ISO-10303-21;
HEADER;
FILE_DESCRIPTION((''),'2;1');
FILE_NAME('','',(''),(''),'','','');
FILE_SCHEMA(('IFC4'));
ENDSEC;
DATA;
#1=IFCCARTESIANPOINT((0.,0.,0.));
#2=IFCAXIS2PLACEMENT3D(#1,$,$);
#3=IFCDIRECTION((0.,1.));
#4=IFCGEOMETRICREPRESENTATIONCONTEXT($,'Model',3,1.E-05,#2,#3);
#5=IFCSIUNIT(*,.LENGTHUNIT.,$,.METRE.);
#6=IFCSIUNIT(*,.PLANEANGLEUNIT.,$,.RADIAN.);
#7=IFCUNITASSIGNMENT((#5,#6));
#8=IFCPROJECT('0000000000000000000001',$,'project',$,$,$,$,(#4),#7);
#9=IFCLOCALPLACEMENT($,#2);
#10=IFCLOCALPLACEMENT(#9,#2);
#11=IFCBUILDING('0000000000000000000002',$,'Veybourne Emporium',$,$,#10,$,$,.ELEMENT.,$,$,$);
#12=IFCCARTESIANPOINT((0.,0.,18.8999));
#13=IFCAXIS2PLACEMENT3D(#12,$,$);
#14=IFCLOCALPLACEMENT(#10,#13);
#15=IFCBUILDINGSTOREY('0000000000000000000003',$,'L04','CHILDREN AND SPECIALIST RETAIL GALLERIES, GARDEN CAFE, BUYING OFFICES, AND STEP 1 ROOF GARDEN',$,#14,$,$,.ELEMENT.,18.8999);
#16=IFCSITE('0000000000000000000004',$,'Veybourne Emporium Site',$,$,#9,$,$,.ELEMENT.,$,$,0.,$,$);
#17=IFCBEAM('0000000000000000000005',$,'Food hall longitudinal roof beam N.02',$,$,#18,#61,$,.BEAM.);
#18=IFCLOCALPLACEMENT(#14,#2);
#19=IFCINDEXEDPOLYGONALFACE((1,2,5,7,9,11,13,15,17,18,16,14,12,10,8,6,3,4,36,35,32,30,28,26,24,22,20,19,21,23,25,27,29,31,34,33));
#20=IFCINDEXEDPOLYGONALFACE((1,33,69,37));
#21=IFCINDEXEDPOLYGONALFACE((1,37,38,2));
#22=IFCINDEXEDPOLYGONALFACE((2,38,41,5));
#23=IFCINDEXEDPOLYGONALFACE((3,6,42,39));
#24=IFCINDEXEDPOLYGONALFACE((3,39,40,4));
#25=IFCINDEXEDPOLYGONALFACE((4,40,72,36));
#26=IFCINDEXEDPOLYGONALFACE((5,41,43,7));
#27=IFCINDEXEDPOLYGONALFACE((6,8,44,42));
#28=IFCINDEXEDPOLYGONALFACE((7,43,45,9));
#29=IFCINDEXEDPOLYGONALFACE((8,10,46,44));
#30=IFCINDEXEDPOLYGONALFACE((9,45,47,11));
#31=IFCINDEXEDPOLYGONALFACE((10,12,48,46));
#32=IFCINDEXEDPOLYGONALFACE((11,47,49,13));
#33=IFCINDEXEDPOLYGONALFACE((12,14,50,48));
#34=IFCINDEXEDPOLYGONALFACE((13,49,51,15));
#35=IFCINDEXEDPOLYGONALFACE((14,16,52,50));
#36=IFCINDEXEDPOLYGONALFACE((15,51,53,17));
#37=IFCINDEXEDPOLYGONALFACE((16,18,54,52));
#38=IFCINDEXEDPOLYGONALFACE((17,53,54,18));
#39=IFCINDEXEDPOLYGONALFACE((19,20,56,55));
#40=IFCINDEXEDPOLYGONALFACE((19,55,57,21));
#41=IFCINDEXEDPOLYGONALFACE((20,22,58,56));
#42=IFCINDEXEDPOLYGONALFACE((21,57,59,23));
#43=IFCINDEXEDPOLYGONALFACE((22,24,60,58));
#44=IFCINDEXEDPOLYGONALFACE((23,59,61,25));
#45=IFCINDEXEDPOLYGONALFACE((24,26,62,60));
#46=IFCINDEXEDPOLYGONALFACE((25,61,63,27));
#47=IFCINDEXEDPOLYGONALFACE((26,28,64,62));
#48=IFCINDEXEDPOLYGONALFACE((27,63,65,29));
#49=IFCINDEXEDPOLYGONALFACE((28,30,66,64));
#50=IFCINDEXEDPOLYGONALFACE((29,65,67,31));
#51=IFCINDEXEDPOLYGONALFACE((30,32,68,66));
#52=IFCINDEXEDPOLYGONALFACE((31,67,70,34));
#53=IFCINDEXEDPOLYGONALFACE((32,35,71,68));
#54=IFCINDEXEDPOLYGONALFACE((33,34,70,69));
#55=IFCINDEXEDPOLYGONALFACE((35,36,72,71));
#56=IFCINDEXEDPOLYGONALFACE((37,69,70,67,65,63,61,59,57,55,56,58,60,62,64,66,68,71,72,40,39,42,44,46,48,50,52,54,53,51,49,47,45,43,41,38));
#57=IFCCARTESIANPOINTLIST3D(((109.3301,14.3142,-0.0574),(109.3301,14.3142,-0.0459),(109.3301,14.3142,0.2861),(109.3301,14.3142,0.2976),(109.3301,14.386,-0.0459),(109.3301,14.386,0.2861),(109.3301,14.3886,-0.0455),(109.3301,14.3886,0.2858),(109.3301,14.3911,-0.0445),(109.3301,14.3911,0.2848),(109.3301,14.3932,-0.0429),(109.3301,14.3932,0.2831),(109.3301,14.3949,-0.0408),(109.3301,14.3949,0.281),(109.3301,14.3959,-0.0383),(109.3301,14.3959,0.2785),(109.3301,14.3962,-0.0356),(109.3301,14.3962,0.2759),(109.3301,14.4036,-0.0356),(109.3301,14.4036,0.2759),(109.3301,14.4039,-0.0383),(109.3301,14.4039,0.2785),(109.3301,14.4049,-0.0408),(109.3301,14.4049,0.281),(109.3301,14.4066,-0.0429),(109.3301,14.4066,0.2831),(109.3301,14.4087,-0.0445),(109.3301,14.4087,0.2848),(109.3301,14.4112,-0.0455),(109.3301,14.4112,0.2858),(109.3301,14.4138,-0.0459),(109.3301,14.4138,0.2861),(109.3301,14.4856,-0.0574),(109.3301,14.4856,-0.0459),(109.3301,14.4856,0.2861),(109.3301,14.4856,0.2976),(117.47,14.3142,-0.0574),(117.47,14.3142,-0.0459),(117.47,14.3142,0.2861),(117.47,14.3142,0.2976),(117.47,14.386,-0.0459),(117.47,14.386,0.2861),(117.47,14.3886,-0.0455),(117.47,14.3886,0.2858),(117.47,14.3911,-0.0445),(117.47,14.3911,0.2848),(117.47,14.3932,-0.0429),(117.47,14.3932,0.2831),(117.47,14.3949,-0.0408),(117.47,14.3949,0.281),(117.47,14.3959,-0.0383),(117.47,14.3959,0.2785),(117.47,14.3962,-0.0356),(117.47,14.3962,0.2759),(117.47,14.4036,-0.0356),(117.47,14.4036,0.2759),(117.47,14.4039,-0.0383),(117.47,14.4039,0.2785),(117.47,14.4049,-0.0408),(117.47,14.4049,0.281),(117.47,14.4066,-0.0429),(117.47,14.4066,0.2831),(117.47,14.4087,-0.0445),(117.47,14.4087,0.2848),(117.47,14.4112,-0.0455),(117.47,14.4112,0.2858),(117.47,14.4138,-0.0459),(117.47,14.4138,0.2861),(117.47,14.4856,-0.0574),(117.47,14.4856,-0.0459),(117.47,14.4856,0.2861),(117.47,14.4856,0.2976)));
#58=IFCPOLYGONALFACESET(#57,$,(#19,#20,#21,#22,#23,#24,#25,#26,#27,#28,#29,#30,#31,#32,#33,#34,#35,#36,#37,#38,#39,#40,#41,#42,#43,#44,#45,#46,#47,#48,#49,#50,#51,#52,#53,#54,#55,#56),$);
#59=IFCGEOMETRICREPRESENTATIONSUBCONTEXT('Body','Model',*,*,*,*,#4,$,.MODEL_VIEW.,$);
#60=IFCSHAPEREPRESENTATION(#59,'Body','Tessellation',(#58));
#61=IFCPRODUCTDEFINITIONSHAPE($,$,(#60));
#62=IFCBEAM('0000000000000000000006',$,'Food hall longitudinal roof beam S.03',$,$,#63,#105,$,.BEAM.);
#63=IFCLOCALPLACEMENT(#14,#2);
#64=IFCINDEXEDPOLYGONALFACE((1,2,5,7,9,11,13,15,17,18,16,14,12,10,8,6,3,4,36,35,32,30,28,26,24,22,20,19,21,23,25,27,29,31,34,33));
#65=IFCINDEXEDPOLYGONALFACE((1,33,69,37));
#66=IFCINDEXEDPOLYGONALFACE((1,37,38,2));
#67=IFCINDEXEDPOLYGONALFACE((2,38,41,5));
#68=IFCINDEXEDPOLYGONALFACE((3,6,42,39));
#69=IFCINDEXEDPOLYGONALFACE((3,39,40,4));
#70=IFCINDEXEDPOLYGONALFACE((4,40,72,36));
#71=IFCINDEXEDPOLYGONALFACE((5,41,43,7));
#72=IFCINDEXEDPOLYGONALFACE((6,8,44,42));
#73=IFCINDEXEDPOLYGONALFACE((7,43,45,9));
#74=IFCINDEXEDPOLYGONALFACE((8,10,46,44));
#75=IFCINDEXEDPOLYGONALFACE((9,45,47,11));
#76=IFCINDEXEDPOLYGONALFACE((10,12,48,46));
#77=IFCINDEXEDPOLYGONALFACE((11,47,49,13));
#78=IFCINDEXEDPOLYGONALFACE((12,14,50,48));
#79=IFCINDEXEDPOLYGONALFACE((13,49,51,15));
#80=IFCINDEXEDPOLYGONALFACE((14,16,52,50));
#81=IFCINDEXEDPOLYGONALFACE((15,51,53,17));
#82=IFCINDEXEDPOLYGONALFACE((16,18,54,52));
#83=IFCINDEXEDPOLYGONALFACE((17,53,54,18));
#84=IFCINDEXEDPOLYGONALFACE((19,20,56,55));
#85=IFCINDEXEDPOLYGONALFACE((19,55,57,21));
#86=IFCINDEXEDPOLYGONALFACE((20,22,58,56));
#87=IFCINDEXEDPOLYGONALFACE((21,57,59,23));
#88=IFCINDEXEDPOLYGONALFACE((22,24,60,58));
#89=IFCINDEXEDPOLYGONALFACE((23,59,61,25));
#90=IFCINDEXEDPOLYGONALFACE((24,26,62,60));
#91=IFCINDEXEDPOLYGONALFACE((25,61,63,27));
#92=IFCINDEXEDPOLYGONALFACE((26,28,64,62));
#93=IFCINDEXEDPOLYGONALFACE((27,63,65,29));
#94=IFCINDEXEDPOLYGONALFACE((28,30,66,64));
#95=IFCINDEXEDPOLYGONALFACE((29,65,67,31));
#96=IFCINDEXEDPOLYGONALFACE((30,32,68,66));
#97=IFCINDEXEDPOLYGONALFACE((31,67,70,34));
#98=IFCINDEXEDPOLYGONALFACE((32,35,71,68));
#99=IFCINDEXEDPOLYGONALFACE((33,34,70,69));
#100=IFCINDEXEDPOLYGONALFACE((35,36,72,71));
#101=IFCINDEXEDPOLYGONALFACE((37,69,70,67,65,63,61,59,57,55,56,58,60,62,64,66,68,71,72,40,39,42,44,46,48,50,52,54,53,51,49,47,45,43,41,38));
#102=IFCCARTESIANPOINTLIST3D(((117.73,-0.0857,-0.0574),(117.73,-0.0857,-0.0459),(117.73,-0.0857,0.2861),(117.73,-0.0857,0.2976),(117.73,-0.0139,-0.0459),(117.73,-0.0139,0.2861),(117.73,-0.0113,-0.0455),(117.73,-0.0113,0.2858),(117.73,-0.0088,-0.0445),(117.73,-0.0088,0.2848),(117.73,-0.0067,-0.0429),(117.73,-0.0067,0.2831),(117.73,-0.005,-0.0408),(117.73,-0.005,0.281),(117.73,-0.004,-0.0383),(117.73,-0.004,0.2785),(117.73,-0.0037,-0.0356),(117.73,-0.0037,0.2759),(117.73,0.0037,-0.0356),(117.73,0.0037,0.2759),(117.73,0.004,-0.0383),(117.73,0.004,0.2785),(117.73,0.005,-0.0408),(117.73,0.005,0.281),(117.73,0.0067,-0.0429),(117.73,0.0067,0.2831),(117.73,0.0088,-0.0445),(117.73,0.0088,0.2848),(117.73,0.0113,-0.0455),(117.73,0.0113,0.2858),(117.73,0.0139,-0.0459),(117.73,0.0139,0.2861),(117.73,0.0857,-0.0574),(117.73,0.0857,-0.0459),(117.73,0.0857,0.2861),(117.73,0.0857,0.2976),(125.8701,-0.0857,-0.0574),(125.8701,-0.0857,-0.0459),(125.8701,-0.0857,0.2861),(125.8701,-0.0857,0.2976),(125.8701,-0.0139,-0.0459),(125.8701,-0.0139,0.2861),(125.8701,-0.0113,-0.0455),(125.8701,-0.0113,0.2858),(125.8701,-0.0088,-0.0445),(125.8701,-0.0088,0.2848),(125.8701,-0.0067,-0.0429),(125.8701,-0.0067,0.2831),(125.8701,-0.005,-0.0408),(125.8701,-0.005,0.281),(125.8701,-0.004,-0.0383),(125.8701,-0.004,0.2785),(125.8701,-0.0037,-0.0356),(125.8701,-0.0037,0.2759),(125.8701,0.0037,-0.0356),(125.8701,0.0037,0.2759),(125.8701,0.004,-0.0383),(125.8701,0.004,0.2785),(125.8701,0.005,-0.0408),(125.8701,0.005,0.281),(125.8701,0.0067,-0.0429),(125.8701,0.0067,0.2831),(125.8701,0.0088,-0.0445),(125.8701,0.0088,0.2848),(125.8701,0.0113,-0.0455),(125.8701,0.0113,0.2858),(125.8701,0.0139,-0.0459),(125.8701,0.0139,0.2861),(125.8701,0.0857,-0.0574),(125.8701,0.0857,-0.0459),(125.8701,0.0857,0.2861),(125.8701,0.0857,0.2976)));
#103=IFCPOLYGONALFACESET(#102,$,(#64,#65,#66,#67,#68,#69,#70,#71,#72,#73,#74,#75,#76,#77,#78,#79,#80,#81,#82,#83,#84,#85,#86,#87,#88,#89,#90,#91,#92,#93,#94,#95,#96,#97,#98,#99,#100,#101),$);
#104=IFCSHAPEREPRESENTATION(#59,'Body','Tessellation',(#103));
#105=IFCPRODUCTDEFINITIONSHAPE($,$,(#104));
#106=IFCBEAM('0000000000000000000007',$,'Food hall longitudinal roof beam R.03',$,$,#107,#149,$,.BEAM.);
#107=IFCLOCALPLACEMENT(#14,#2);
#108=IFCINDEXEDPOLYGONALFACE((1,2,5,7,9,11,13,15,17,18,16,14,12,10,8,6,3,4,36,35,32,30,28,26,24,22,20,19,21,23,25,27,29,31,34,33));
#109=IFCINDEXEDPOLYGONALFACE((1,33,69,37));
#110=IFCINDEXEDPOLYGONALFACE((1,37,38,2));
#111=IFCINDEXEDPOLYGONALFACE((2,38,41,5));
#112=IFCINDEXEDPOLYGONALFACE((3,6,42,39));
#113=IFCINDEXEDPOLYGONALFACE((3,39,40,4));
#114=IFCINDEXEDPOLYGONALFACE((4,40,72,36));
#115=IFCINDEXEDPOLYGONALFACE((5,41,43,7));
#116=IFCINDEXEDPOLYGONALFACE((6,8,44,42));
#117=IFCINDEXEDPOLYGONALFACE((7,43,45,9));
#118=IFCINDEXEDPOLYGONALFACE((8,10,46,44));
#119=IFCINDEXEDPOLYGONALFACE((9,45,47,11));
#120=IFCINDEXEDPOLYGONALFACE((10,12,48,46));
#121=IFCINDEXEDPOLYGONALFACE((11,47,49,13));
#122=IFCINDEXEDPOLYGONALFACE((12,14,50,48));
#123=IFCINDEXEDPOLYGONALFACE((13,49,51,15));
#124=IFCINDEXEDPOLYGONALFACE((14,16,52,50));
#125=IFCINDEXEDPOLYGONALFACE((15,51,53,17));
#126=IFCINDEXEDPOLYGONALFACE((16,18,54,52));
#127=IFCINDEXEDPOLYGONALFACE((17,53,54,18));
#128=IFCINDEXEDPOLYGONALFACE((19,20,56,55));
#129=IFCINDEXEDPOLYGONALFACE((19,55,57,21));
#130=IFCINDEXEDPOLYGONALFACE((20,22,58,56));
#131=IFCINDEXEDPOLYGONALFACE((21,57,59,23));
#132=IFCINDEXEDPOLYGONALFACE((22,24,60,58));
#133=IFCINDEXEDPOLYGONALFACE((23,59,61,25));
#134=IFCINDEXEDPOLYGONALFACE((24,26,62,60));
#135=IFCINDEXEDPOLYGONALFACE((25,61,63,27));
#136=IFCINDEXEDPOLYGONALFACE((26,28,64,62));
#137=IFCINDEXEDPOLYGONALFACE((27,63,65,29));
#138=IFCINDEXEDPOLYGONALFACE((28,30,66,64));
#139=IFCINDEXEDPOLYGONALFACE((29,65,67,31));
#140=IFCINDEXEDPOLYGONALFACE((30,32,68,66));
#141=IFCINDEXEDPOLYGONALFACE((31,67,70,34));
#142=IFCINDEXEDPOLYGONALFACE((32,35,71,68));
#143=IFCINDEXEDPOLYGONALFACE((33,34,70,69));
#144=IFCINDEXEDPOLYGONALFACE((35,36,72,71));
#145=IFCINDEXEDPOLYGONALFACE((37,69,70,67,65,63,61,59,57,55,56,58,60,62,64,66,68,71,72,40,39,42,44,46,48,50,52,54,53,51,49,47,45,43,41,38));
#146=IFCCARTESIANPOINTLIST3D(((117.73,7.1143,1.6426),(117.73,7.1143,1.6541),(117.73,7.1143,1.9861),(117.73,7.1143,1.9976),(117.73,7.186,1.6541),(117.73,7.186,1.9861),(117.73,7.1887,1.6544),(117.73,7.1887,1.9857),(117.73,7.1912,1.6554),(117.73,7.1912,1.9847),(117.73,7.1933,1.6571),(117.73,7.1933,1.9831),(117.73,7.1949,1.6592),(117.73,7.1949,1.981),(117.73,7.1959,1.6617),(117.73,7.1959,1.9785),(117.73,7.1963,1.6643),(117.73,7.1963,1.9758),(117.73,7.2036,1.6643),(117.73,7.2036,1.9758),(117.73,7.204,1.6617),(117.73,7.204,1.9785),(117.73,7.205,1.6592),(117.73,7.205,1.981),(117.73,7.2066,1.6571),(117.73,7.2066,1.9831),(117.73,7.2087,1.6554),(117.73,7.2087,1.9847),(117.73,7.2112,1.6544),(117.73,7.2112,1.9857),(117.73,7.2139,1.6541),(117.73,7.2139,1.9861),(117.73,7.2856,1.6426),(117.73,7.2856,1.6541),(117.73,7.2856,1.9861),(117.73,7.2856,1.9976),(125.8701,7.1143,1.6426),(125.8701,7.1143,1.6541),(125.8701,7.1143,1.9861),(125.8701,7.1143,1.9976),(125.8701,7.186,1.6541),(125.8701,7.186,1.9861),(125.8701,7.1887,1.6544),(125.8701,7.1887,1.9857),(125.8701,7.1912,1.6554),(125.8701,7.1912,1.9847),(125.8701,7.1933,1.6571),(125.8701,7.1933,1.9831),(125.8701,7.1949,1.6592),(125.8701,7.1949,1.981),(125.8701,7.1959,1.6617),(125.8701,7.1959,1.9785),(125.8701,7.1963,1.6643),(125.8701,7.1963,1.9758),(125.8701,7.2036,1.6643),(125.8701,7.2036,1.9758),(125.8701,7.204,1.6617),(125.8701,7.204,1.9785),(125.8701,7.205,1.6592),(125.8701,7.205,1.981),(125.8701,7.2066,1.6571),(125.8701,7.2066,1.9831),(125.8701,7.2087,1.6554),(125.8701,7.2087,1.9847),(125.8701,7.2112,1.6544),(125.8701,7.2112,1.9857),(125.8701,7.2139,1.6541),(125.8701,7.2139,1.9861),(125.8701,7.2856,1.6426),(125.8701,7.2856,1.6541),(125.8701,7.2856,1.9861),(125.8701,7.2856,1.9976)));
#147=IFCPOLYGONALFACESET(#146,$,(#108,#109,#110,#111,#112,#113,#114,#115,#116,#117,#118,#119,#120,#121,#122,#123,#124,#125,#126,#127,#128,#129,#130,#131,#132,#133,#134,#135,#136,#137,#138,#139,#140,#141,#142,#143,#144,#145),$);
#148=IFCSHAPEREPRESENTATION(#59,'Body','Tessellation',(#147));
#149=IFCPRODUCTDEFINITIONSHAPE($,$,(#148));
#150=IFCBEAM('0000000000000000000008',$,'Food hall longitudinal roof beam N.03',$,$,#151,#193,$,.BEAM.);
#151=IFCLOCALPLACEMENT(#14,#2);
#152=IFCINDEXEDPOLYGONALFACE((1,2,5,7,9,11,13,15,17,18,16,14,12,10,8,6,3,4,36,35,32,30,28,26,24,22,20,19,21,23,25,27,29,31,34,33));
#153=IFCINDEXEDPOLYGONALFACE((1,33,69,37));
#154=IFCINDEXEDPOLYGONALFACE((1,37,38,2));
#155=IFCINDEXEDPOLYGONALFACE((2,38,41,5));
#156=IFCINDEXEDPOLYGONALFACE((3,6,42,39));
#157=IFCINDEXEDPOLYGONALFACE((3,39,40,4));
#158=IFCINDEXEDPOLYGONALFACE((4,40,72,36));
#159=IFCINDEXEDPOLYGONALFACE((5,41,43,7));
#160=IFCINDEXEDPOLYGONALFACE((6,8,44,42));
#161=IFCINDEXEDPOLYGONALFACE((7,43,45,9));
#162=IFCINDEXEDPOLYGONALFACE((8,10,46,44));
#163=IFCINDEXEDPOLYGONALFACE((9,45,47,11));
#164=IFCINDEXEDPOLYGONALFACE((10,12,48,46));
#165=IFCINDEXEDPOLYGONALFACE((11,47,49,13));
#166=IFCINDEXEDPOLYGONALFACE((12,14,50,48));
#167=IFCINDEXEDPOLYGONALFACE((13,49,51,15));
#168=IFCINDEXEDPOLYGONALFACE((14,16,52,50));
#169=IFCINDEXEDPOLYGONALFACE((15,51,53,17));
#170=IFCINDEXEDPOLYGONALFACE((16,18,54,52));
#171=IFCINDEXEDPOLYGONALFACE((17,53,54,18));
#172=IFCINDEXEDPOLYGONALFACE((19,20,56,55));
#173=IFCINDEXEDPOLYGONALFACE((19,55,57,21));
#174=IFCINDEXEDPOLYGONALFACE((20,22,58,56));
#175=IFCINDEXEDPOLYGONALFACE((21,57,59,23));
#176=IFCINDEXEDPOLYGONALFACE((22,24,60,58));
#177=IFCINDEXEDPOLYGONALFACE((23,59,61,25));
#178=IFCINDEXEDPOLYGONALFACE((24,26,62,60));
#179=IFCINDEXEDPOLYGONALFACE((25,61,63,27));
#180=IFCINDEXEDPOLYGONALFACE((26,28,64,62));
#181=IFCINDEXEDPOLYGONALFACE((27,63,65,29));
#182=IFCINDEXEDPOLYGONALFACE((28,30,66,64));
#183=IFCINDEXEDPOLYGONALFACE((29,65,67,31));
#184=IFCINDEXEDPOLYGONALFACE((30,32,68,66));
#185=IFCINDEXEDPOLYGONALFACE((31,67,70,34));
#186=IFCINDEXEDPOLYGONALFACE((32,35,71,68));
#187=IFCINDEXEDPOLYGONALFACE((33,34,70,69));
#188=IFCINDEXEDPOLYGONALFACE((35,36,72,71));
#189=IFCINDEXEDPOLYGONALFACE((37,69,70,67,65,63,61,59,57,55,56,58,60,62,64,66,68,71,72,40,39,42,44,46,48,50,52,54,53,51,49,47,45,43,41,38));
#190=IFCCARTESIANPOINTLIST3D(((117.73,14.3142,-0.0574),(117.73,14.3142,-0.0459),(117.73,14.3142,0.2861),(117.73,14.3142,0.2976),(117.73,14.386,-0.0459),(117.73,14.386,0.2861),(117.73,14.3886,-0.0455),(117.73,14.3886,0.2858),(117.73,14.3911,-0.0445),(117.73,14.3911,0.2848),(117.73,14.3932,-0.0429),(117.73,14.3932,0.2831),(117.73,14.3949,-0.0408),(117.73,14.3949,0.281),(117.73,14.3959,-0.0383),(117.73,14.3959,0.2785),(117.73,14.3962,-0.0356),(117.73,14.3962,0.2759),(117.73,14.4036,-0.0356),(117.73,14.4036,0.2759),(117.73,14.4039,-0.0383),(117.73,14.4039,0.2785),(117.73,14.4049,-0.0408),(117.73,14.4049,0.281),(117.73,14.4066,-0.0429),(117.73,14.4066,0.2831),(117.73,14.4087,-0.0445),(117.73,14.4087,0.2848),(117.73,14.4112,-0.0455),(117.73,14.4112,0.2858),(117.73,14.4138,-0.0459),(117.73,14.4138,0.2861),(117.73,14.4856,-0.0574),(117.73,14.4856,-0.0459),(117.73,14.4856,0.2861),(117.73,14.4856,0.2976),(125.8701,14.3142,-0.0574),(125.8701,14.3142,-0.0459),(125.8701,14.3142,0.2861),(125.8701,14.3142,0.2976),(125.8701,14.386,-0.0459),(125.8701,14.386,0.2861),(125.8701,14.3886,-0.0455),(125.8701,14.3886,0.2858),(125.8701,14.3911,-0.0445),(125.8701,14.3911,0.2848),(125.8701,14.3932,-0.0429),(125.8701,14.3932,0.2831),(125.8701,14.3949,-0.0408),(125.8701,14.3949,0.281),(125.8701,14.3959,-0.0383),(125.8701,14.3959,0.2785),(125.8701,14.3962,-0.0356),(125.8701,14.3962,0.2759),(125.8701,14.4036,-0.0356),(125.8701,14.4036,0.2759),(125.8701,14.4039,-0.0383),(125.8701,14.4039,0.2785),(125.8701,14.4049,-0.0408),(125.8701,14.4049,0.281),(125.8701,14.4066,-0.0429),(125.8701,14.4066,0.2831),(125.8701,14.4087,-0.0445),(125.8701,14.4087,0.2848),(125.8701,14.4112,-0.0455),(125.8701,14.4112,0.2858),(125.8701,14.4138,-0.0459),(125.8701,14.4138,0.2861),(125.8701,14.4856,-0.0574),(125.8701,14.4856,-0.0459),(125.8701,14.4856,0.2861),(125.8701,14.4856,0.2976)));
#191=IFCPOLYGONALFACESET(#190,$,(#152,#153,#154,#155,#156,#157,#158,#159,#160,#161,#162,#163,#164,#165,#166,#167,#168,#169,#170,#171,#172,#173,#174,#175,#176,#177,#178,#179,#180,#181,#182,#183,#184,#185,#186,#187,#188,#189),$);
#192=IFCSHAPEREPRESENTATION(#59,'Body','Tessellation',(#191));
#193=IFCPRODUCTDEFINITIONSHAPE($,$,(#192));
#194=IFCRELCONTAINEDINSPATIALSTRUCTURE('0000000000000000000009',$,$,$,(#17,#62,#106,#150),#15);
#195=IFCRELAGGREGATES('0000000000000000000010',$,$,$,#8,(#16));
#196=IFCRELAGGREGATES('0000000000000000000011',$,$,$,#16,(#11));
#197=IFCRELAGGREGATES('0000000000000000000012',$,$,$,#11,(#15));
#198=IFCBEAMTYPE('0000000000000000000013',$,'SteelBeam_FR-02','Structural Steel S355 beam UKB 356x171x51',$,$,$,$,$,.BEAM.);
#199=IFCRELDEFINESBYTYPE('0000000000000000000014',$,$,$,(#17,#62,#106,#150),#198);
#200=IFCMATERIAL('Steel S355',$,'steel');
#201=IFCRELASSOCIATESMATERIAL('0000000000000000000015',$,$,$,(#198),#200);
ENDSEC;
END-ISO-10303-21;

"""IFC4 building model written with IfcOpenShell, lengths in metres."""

from ifc_helpers import new_model, si_unit, direction, frame, origin, origin_2d, place, context, subcontext, project, spatial, i_section, extrude, material, material_profile, profile_set, type_object, element, save


model = new_model("IFC4")

# Units and contexts
model_context = context("Model", 3, precision=1e-05, world=origin(), true_north=direction((0.0, 1.0)))
body_context = subcontext(model_context, "Body", "Model", "MODEL_VIEW")
ifc_project = project(units=[si_unit("LENGTHUNIT", "METRE"), si_unit("PLANEANGLEUNIT", "RADIAN")], contexts=[model_context])

# Site, building, storey
site_placement = place(None, origin())
site = spatial("IfcSite", under=ifc_project, at=site_placement, Name="Veybourne Emporium Site", CompositionType="ELEMENT", RefElevation=0.0)
building_placement = place(site_placement, origin())
building = spatial("IfcBuilding", under=site, at=building_placement, Name="Veybourne Emporium", CompositionType="ELEMENT")
storey_placement = place(building_placement, frame((0.0, 0.0, 18.8999)))
storey = spatial("IfcBuildingStorey", under=building, at=storey_placement, Name="L04", Description="CHILDREN AND SPECIALIST RETAIL GALLERIES, GARDEN CAFE, BUYING OFFICES, AND STEP 1 ROOF GARDEN", CompositionType="ELEMENT", Elevation=18.8999)

# Beams
ifc_material_1 = material(Name="Steel S355", Category="steel")
ifc_material_profile_1 = material_profile(ifc_material_1, i_section(OverallWidth=0.1714, OverallDepth=0.355, WebThickness=0.0073, FlangeThickness=0.0115, FilletRadius=0.0103, at=origin_2d()), Name="UKB 356x171x51")
ifc_profile_set_1 = profile_set([ifc_material_profile_1], Name="Steel S355")
beam_type_1 = type_object("IfcBeamType", Name="SteelBeam_FR-02", Description="Structural Steel S355 beam UKB 356x171x51", PredefinedType="BEAM", material=ifc_profile_set_1)
for number, where, z_axis, x_axis, name in (
    (1, (109.3301, 14.3999, 0.1201), (1.0, 0.0, 0.0), (0.0, 1.0, 0.0), "Food hall longitudinal roof beam N.02"),
):
    element("IfcBeam", number, at=place(storey_placement, frame(where, z_axis=z_axis, x_axis=x_axis)), inside=storey, type_object=beam_type_1, Name=name, PredefinedType="BEAM", context=body_context, shape_type="SweptSolid", body=[
        extrude(i_section(OverallWidth=0.1714, OverallDepth=0.355, WebThickness=0.0073, FlangeThickness=0.0115, FilletRadius=0.0103, at=origin_2d()), origin(), (0.0, 0.0, 1.0), 8.1399),
    ])
for number, where, z_axis, x_axis, name in (
    (2, (117.73, 0.0, 0.1201), (1.0, 0.0, 0.0), (0.0, 1.0, 0.0), "Food hall longitudinal roof beam S.03"),
    (3, (117.73, 7.2, 1.8201), (1.0, 0.0, 0.0), (0.0, 1.0, 0.0), "Food hall longitudinal roof beam R.03"),
    (4, (117.73, 14.3999, 0.1201), (1.0, 0.0, 0.0), (0.0, 1.0, 0.0), "Food hall longitudinal roof beam N.03"),
):
    element("IfcBeam", number, at=place(storey_placement, frame(where, z_axis=z_axis, x_axis=x_axis)), inside=storey, type_object=beam_type_1, Name=name, PredefinedType="BEAM", context=body_context, shape_type="SweptSolid", body=[
        extrude(i_section(OverallWidth=0.1714, OverallDepth=0.355, WebThickness=0.0073, FlangeThickness=0.0115, FilletRadius=0.0103, at=origin_2d()), origin(), (0.0, 0.0, 1.0), 8.1401),
    ])

save(model, "model.ifc")
